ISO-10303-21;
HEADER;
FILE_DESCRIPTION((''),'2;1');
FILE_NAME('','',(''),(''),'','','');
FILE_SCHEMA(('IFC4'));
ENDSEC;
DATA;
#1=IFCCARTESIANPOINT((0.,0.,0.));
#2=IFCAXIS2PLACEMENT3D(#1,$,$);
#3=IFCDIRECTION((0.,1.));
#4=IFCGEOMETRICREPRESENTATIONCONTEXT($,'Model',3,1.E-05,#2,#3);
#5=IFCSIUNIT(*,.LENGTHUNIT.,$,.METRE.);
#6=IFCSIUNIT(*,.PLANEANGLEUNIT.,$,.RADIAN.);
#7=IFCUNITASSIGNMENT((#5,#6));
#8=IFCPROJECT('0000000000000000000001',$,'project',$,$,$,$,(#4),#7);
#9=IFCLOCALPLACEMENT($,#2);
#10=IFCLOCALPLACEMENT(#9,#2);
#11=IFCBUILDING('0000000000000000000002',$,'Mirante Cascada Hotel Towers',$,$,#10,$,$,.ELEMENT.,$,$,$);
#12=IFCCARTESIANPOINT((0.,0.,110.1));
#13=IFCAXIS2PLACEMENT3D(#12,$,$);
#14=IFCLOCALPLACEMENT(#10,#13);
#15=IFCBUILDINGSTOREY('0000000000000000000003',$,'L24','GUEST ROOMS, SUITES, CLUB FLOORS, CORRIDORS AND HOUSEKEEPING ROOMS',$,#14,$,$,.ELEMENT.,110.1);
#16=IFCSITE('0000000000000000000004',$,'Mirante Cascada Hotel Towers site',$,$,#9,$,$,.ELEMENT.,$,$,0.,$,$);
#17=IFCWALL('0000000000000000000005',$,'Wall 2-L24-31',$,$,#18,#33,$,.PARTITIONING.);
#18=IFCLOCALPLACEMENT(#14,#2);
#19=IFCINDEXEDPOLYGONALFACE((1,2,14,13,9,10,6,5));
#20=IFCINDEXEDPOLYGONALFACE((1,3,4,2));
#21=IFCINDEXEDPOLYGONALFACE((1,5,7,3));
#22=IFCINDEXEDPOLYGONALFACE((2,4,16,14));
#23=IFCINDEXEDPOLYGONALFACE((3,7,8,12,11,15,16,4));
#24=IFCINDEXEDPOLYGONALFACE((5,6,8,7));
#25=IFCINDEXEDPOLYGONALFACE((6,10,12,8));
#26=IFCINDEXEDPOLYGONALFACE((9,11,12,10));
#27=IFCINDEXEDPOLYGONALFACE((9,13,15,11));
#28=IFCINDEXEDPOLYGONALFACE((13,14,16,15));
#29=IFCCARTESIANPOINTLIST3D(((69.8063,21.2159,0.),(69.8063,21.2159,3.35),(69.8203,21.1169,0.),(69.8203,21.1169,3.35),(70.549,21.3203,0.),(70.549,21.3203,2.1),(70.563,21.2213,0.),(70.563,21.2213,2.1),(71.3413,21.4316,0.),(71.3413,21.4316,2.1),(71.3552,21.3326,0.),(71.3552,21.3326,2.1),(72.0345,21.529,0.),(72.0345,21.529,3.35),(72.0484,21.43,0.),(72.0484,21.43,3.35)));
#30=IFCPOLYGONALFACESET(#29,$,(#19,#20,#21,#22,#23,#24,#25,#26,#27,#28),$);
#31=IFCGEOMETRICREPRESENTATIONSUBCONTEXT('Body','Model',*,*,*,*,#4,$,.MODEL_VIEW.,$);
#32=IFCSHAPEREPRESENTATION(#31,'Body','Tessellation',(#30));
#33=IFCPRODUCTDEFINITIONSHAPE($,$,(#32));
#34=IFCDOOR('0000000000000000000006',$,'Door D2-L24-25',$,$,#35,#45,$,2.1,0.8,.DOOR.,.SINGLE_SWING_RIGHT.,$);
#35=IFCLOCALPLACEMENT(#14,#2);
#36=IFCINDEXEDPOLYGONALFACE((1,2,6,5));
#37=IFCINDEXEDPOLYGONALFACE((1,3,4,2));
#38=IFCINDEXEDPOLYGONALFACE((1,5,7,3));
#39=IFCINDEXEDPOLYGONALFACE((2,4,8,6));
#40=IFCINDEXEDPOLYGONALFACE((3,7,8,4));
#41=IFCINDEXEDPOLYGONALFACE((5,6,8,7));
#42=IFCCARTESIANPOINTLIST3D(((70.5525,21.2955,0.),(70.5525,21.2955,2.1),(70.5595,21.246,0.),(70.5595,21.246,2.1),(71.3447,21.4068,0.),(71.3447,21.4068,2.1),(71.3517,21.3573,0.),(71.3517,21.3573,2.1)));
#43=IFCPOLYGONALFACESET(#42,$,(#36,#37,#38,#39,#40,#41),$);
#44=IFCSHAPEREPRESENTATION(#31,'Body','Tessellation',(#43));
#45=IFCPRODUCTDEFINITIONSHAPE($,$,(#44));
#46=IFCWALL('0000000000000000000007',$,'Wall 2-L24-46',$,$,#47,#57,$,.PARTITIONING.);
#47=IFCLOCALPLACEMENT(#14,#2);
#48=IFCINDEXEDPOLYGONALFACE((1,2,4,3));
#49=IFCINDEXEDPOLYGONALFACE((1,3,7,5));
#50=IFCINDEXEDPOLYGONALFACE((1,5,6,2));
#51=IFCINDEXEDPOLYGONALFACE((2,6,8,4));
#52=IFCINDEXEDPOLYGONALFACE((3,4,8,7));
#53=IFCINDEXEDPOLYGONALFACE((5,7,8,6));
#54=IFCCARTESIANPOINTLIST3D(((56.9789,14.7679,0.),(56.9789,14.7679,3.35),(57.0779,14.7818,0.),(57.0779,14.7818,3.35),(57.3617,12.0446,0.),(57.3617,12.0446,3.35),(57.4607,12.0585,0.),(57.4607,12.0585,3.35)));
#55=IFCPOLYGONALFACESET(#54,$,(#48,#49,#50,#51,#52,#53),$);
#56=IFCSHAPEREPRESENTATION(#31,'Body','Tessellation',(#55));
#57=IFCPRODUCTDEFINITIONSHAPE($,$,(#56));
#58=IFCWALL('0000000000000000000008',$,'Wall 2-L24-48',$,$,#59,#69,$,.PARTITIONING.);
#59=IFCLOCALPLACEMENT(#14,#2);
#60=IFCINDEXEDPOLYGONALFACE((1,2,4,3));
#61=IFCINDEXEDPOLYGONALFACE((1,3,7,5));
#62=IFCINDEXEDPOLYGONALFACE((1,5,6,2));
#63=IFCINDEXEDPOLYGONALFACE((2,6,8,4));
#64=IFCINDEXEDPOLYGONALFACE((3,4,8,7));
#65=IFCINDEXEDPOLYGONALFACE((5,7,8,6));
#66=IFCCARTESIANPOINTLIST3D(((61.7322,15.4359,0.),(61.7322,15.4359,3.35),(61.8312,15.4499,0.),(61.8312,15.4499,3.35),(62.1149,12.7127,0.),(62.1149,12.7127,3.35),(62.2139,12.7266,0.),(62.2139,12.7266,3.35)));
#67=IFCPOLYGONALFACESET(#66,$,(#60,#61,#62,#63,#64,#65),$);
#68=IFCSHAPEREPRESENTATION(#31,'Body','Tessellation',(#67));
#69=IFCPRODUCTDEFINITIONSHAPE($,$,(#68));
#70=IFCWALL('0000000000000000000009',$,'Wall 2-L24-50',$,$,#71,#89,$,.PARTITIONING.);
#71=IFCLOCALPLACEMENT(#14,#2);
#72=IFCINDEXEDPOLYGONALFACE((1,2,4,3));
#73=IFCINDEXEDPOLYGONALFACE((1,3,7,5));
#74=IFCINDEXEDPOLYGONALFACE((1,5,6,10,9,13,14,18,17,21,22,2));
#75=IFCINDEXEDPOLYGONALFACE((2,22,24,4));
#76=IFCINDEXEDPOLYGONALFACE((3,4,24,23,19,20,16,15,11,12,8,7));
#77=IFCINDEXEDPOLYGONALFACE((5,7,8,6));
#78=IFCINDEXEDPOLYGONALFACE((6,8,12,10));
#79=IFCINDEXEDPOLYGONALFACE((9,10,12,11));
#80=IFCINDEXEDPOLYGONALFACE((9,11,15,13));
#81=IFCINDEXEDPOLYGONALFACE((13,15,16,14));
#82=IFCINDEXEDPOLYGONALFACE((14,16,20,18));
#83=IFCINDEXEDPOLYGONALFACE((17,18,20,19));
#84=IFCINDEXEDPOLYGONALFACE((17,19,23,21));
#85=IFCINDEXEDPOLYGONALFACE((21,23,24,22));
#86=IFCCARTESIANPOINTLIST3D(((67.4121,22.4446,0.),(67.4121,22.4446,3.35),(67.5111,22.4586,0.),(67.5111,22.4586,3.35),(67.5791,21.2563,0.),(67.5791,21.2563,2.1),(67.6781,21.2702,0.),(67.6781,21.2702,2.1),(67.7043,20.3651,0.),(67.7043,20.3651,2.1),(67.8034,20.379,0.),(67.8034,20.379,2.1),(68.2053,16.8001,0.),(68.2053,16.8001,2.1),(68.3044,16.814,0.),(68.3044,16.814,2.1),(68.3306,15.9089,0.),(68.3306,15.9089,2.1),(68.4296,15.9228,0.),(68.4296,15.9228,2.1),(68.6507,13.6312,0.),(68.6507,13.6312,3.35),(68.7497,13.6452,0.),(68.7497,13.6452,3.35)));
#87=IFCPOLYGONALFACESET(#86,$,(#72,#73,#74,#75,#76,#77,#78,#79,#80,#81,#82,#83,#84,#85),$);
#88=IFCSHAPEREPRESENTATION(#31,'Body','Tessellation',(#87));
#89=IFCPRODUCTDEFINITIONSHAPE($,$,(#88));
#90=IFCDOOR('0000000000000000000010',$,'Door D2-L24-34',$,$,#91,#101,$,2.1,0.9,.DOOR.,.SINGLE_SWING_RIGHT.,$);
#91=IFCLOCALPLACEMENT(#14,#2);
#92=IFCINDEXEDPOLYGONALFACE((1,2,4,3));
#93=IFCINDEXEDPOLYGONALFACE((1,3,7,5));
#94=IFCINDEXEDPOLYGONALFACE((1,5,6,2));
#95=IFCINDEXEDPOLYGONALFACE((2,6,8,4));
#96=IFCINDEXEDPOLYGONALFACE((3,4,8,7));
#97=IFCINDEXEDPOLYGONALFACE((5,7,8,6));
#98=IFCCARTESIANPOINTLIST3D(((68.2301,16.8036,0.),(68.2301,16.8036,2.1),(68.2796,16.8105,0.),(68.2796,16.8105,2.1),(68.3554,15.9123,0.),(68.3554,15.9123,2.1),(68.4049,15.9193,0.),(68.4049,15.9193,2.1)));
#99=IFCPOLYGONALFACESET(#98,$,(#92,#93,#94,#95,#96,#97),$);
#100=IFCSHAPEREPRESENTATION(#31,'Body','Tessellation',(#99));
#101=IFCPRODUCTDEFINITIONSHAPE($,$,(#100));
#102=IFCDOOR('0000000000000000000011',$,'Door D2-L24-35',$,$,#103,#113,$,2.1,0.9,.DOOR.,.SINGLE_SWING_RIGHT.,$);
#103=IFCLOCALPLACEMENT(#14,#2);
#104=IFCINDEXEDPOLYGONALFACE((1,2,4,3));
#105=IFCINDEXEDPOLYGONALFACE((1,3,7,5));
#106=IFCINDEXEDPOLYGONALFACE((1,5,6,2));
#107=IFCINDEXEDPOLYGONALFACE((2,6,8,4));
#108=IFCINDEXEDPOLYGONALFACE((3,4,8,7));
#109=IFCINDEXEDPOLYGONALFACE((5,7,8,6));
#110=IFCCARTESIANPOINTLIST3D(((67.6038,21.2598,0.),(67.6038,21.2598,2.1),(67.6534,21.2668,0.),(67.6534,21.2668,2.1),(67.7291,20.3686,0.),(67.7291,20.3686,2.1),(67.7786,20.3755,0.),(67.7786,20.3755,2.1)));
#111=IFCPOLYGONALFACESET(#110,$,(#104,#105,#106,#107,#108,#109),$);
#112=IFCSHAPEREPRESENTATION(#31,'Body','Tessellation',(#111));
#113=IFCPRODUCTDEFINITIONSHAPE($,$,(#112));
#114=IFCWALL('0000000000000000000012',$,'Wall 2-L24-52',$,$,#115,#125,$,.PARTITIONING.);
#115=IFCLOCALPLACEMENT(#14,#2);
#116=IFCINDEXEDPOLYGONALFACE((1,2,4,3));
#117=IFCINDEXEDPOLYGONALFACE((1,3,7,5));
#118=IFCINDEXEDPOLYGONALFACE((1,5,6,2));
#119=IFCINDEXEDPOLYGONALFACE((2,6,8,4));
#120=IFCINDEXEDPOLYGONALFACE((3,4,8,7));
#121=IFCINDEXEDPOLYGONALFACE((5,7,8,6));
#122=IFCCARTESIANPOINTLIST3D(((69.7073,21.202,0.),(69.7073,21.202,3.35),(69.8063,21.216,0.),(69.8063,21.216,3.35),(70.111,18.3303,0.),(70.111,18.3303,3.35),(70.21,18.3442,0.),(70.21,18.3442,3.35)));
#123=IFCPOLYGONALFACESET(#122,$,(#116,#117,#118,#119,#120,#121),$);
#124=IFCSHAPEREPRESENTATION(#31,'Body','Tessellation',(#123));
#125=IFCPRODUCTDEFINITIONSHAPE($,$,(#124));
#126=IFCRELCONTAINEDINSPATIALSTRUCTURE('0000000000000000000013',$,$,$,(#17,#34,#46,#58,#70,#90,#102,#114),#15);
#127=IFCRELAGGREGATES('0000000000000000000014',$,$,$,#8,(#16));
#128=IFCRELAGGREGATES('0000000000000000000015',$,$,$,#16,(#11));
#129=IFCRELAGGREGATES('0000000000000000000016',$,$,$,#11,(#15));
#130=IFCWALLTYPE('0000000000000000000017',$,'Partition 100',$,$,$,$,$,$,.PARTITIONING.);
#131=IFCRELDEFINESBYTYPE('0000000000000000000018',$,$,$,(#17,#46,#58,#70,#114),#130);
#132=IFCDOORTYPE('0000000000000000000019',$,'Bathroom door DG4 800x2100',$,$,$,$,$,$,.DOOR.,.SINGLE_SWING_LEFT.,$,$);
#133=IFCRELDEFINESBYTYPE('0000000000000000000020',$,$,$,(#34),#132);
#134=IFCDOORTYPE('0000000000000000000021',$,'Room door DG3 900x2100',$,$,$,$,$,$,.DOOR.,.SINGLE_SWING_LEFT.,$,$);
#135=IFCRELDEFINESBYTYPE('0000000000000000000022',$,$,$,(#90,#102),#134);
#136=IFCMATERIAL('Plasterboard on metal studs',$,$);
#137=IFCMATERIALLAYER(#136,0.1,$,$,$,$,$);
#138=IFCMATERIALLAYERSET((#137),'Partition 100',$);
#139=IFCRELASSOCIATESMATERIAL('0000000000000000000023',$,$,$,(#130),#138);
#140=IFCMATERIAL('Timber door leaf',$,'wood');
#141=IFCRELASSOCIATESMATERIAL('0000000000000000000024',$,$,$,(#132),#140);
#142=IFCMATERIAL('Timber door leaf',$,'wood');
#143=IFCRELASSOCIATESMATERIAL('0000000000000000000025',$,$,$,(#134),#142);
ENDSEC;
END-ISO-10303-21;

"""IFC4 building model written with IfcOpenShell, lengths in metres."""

from ifc_helpers import new_model, si_unit, direction, frame, frame_2d, origin, place, context, subcontext, project, spatial, rectangle, extrude, material, layer, layer_set, type_object, element, fill, save


model = new_model("IFC4")

# Units and contexts
model_context = context("Model", 3, precision=1e-05, world=origin(), true_north=direction((0.0, 1.0)))
body_context = subcontext(model_context, "Body", "Model", "MODEL_VIEW")
ifc_project = project(units=[si_unit("LENGTHUNIT", "METRE"), si_unit("PLANEANGLEUNIT", "RADIAN")], contexts=[model_context])

# Site, building, storey
site_placement = place(None, origin())
site = spatial("IfcSite", under=ifc_project, at=site_placement, Name="Mirante Cascada Hotel Towers site", CompositionType="ELEMENT", RefElevation=0.0)
building_placement = place(site_placement, origin())
building = spatial("IfcBuilding", under=site, at=building_placement, Name="Mirante Cascada Hotel Towers", CompositionType="ELEMENT")
storey_placement = place(building_placement, frame((0.0, 0.0, 110.1)))
storey = spatial("IfcBuildingStorey", under=building, at=storey_placement, Name="L24", Description="GUEST ROOMS, SUITES, CLUB FLOORS, CORRIDORS AND HOUSEKEEPING ROOMS", CompositionType="ELEMENT", Elevation=110.1)

# Shared definitions
ifc_material_1 = material(Name="Plasterboard on metal studs")
ifc_layer_1 = layer(ifc_material_1, 0.1)
ifc_layer_set_1 = layer_set([ifc_layer_1], Name="Partition 100")
wall_type = type_object("IfcWallType", Name="Partition 100", PredefinedType="PARTITIONING", material=ifc_layer_set_1)
ifc_material_2 = material(Name="Timber door leaf", Category="wood")
door_type_1 = type_object("IfcDoorType", Name="Bathroom door DG4 800x2100", OperationType="SINGLE_SWING_LEFT", PredefinedType="DOOR", material=ifc_material_2)

# Wall, opening, door
wall_1_placement = place(storey_placement, frame((69.8133, 21.1664, 0.0), z_axis=(0.0, 0.0, 1.0), x_axis=(0.990271, 0.139156, 0.0)))
wall_1 = element("IfcWall", 1, at=wall_1_placement, inside=storey, type_object=wall_type, Name="Wall 2-L24-31", PredefinedType="PARTITIONING", context=body_context, shape_type="SweptSolid", body=[
    extrude(rectangle(XDim=2.25, YDim=0.1, at=frame_2d((1.125, 0.0))), origin(), (0.0, 0.0, 1.0), 3.35),
])
opening_1_placement = place(wall_1_placement, frame((0.75, 0.0, 0.0)))
opening_1 = element("IfcOpeningElement", 2, at=opening_1_placement, cuts=wall_1, PredefinedType="OPENING", context=body_context, shape_type="SweptSolid", body=[
    extrude(rectangle(XDim=0.8, YDim=2.1, at=frame_2d((0.4, 1.05))), frame((0.0, 0.05, 0.0), z_axis=(0.0, -1.0, 0.0), x_axis=(1.0, 0.0, 0.0)), (0.0, 0.0, 1.0), 0.1),
])
door_1_placement = place(opening_1_placement, frame((0.8, 0.0, 0.0), z_axis=(0.0, 0.0, 1.0), x_axis=(-1.0, 0.0, 0.0)))
door_1 = element("IfcDoor", 3, at=door_1_placement, inside=storey, type_object=door_type_1, Name="Door D2-L24-25", OperationType="SINGLE_SWING_RIGHT", OverallHeight=2.1, OverallWidth=0.8, PredefinedType="DOOR", context=body_context, shape_type="SweptSolid", body=[
    extrude(rectangle(XDim=0.8, YDim=2.1, at=frame_2d((0.4, 1.05))), frame((0.0, 0.025, 0.0), z_axis=(0.0, -1.0, 0.0), x_axis=(1.0, 0.0, 0.0)), (0.0, 0.0, 1.0), 0.05),
])
fill(opening_1, door_1)

# Walls
wall_2_placement = place(storey_placement, frame((57.0284, 14.7749, 0.0), z_axis=(0.0, 0.0, 1.0), x_axis=(0.139196, -0.990265, 0.0)))
element("IfcWall", 4, at=wall_2_placement, inside=storey, type_object=wall_type, Name="Wall 2-L24-46", PredefinedType="PARTITIONING", context=body_context, shape_type="SweptSolid", body=[
    extrude(rectangle(XDim=2.7501, YDim=0.1, at=frame_2d((1.3751, 0.0))), origin(), (0.0, 0.0, 1.0), 3.35),
])
wall_3_placement = place(storey_placement, frame((61.7817, 15.4429, 0.0), z_axis=(0.0, 0.0, 1.0), x_axis=(0.139166, -0.990269, 0.0)))
element("IfcWall", 5, at=wall_3_placement, inside=storey, type_object=wall_type, Name="Wall 2-L24-48", PredefinedType="PARTITIONING", context=body_context, shape_type="SweptSolid", body=[
    extrude(rectangle(XDim=2.75, YDim=0.1, at=frame_2d((1.375, 0.0))), origin(), (0.0, 0.0, 1.0), 3.35),
])

# Wall, openings, doors
wall_4_placement = place(storey_placement, frame((67.4616, 22.4516, 0.0), z_axis=(0.0, 0.0, 1.0), x_axis=(0.139168, -0.990269, 0.0)))
wall_4 = element("IfcWall", 6, at=wall_4_placement, inside=storey, type_object=wall_type, Name="Wall 2-L24-50", PredefinedType="PARTITIONING", context=body_context, shape_type="SweptSolid", body=[
    extrude(rectangle(XDim=8.9, YDim=0.1, at=frame_2d((4.45, 0.0))), origin(), (0.0, 0.0, 1.0), 3.35),
])
opening_2_placement = place(wall_4_placement, frame((5.7, 0.0, 0.0)))
opening_2 = element("IfcOpeningElement", 7, at=opening_2_placement, cuts=wall_4, PredefinedType="OPENING", context=body_context, shape_type="SweptSolid", body=[
    extrude(rectangle(XDim=0.9, YDim=2.1, at=frame_2d((0.45, 1.05))), frame((0.0, 0.05, 0.0), z_axis=(0.0, -1.0, 0.0), x_axis=(1.0, 0.0, 0.0)), (0.0, 0.0, 1.0), 0.1),
])
opening_3_placement = place(wall_4_placement, frame((1.2, 0.0, 0.0)))
opening_3 = element("IfcOpeningElement", 8, at=opening_3_placement, cuts=wall_4, PredefinedType="OPENING", context=body_context, shape_type="SweptSolid", body=[
    extrude(rectangle(XDim=0.9, YDim=2.1, at=frame_2d((0.45, 1.05))), frame((0.0, 0.05, 0.0), z_axis=(0.0, -1.0, 0.0), x_axis=(1.0, 0.0, 0.0)), (0.0, 0.0, 1.0), 0.1),
])
ifc_material_3 = material(Name="Timber door leaf", Category="wood")
door_type_2 = type_object("IfcDoorType", Name="Room door DG3 900x2100", OperationType="SINGLE_SWING_LEFT", PredefinedType="DOOR", material=ifc_material_3)
door_2_placement = place(opening_2_placement, frame((0.9, 0.0, 0.0), z_axis=(0.0, 0.0, 1.0), x_axis=(-1.0, 0.0, 0.0)))
door_2 = element("IfcDoor", 9, at=door_2_placement, inside=storey, type_object=door_type_2, Name="Door D2-L24-34", OperationType="SINGLE_SWING_RIGHT", OverallHeight=2.1, OverallWidth=0.9, PredefinedType="DOOR", context=body_context, shape_type="SweptSolid", body=[
    extrude(rectangle(XDim=0.9, YDim=2.1, at=frame_2d((0.45, 1.05))), frame((0.0, 0.025, 0.0), z_axis=(0.0, -1.0, 0.0), x_axis=(1.0, 0.0, 0.0)), (0.0, 0.0, 1.0), 0.05),
])
fill(opening_2, door_2)
door_3_placement = place(opening_3_placement, frame((0.9, 0.0, 0.0), z_axis=(0.0, 0.0, 1.0), x_axis=(-1.0, 0.0, 0.0)))
door_3 = element("IfcDoor", 10, at=door_3_placement, inside=storey, type_object=door_type_2, Name="Door D2-L24-35", OperationType="SINGLE_SWING_RIGHT", OverallHeight=2.1, OverallWidth=0.9, PredefinedType="DOOR", context=body_context, shape_type="SweptSolid", body=[
    extrude(rectangle(XDim=0.9, YDim=2.1, at=frame_2d((0.45, 1.05))), frame((0.0, 0.025, 0.0), z_axis=(0.0, -1.0, 0.0), x_axis=(1.0, 0.0, 0.0)), (0.0, 0.0, 1.0), 0.05),
])
fill(opening_3, door_3)

# Wall
wall_5_placement = place(storey_placement, frame((69.7568, 21.209, 0.0), z_axis=(0.0, 0.0, 1.0), x_axis=(0.139205, -0.990264, 0.0)))
element("IfcWall", 11, at=wall_5_placement, inside=storey, type_object=wall_type, Name="Wall 2-L24-52", PredefinedType="PARTITIONING", context=body_context, shape_type="SweptSolid", body=[
    extrude(rectangle(XDim=2.9, YDim=0.1, at=frame_2d((1.45, 0.0))), origin(), (0.0, 0.0, 1.0), 3.35),
])

save(model, "model.ifc")
